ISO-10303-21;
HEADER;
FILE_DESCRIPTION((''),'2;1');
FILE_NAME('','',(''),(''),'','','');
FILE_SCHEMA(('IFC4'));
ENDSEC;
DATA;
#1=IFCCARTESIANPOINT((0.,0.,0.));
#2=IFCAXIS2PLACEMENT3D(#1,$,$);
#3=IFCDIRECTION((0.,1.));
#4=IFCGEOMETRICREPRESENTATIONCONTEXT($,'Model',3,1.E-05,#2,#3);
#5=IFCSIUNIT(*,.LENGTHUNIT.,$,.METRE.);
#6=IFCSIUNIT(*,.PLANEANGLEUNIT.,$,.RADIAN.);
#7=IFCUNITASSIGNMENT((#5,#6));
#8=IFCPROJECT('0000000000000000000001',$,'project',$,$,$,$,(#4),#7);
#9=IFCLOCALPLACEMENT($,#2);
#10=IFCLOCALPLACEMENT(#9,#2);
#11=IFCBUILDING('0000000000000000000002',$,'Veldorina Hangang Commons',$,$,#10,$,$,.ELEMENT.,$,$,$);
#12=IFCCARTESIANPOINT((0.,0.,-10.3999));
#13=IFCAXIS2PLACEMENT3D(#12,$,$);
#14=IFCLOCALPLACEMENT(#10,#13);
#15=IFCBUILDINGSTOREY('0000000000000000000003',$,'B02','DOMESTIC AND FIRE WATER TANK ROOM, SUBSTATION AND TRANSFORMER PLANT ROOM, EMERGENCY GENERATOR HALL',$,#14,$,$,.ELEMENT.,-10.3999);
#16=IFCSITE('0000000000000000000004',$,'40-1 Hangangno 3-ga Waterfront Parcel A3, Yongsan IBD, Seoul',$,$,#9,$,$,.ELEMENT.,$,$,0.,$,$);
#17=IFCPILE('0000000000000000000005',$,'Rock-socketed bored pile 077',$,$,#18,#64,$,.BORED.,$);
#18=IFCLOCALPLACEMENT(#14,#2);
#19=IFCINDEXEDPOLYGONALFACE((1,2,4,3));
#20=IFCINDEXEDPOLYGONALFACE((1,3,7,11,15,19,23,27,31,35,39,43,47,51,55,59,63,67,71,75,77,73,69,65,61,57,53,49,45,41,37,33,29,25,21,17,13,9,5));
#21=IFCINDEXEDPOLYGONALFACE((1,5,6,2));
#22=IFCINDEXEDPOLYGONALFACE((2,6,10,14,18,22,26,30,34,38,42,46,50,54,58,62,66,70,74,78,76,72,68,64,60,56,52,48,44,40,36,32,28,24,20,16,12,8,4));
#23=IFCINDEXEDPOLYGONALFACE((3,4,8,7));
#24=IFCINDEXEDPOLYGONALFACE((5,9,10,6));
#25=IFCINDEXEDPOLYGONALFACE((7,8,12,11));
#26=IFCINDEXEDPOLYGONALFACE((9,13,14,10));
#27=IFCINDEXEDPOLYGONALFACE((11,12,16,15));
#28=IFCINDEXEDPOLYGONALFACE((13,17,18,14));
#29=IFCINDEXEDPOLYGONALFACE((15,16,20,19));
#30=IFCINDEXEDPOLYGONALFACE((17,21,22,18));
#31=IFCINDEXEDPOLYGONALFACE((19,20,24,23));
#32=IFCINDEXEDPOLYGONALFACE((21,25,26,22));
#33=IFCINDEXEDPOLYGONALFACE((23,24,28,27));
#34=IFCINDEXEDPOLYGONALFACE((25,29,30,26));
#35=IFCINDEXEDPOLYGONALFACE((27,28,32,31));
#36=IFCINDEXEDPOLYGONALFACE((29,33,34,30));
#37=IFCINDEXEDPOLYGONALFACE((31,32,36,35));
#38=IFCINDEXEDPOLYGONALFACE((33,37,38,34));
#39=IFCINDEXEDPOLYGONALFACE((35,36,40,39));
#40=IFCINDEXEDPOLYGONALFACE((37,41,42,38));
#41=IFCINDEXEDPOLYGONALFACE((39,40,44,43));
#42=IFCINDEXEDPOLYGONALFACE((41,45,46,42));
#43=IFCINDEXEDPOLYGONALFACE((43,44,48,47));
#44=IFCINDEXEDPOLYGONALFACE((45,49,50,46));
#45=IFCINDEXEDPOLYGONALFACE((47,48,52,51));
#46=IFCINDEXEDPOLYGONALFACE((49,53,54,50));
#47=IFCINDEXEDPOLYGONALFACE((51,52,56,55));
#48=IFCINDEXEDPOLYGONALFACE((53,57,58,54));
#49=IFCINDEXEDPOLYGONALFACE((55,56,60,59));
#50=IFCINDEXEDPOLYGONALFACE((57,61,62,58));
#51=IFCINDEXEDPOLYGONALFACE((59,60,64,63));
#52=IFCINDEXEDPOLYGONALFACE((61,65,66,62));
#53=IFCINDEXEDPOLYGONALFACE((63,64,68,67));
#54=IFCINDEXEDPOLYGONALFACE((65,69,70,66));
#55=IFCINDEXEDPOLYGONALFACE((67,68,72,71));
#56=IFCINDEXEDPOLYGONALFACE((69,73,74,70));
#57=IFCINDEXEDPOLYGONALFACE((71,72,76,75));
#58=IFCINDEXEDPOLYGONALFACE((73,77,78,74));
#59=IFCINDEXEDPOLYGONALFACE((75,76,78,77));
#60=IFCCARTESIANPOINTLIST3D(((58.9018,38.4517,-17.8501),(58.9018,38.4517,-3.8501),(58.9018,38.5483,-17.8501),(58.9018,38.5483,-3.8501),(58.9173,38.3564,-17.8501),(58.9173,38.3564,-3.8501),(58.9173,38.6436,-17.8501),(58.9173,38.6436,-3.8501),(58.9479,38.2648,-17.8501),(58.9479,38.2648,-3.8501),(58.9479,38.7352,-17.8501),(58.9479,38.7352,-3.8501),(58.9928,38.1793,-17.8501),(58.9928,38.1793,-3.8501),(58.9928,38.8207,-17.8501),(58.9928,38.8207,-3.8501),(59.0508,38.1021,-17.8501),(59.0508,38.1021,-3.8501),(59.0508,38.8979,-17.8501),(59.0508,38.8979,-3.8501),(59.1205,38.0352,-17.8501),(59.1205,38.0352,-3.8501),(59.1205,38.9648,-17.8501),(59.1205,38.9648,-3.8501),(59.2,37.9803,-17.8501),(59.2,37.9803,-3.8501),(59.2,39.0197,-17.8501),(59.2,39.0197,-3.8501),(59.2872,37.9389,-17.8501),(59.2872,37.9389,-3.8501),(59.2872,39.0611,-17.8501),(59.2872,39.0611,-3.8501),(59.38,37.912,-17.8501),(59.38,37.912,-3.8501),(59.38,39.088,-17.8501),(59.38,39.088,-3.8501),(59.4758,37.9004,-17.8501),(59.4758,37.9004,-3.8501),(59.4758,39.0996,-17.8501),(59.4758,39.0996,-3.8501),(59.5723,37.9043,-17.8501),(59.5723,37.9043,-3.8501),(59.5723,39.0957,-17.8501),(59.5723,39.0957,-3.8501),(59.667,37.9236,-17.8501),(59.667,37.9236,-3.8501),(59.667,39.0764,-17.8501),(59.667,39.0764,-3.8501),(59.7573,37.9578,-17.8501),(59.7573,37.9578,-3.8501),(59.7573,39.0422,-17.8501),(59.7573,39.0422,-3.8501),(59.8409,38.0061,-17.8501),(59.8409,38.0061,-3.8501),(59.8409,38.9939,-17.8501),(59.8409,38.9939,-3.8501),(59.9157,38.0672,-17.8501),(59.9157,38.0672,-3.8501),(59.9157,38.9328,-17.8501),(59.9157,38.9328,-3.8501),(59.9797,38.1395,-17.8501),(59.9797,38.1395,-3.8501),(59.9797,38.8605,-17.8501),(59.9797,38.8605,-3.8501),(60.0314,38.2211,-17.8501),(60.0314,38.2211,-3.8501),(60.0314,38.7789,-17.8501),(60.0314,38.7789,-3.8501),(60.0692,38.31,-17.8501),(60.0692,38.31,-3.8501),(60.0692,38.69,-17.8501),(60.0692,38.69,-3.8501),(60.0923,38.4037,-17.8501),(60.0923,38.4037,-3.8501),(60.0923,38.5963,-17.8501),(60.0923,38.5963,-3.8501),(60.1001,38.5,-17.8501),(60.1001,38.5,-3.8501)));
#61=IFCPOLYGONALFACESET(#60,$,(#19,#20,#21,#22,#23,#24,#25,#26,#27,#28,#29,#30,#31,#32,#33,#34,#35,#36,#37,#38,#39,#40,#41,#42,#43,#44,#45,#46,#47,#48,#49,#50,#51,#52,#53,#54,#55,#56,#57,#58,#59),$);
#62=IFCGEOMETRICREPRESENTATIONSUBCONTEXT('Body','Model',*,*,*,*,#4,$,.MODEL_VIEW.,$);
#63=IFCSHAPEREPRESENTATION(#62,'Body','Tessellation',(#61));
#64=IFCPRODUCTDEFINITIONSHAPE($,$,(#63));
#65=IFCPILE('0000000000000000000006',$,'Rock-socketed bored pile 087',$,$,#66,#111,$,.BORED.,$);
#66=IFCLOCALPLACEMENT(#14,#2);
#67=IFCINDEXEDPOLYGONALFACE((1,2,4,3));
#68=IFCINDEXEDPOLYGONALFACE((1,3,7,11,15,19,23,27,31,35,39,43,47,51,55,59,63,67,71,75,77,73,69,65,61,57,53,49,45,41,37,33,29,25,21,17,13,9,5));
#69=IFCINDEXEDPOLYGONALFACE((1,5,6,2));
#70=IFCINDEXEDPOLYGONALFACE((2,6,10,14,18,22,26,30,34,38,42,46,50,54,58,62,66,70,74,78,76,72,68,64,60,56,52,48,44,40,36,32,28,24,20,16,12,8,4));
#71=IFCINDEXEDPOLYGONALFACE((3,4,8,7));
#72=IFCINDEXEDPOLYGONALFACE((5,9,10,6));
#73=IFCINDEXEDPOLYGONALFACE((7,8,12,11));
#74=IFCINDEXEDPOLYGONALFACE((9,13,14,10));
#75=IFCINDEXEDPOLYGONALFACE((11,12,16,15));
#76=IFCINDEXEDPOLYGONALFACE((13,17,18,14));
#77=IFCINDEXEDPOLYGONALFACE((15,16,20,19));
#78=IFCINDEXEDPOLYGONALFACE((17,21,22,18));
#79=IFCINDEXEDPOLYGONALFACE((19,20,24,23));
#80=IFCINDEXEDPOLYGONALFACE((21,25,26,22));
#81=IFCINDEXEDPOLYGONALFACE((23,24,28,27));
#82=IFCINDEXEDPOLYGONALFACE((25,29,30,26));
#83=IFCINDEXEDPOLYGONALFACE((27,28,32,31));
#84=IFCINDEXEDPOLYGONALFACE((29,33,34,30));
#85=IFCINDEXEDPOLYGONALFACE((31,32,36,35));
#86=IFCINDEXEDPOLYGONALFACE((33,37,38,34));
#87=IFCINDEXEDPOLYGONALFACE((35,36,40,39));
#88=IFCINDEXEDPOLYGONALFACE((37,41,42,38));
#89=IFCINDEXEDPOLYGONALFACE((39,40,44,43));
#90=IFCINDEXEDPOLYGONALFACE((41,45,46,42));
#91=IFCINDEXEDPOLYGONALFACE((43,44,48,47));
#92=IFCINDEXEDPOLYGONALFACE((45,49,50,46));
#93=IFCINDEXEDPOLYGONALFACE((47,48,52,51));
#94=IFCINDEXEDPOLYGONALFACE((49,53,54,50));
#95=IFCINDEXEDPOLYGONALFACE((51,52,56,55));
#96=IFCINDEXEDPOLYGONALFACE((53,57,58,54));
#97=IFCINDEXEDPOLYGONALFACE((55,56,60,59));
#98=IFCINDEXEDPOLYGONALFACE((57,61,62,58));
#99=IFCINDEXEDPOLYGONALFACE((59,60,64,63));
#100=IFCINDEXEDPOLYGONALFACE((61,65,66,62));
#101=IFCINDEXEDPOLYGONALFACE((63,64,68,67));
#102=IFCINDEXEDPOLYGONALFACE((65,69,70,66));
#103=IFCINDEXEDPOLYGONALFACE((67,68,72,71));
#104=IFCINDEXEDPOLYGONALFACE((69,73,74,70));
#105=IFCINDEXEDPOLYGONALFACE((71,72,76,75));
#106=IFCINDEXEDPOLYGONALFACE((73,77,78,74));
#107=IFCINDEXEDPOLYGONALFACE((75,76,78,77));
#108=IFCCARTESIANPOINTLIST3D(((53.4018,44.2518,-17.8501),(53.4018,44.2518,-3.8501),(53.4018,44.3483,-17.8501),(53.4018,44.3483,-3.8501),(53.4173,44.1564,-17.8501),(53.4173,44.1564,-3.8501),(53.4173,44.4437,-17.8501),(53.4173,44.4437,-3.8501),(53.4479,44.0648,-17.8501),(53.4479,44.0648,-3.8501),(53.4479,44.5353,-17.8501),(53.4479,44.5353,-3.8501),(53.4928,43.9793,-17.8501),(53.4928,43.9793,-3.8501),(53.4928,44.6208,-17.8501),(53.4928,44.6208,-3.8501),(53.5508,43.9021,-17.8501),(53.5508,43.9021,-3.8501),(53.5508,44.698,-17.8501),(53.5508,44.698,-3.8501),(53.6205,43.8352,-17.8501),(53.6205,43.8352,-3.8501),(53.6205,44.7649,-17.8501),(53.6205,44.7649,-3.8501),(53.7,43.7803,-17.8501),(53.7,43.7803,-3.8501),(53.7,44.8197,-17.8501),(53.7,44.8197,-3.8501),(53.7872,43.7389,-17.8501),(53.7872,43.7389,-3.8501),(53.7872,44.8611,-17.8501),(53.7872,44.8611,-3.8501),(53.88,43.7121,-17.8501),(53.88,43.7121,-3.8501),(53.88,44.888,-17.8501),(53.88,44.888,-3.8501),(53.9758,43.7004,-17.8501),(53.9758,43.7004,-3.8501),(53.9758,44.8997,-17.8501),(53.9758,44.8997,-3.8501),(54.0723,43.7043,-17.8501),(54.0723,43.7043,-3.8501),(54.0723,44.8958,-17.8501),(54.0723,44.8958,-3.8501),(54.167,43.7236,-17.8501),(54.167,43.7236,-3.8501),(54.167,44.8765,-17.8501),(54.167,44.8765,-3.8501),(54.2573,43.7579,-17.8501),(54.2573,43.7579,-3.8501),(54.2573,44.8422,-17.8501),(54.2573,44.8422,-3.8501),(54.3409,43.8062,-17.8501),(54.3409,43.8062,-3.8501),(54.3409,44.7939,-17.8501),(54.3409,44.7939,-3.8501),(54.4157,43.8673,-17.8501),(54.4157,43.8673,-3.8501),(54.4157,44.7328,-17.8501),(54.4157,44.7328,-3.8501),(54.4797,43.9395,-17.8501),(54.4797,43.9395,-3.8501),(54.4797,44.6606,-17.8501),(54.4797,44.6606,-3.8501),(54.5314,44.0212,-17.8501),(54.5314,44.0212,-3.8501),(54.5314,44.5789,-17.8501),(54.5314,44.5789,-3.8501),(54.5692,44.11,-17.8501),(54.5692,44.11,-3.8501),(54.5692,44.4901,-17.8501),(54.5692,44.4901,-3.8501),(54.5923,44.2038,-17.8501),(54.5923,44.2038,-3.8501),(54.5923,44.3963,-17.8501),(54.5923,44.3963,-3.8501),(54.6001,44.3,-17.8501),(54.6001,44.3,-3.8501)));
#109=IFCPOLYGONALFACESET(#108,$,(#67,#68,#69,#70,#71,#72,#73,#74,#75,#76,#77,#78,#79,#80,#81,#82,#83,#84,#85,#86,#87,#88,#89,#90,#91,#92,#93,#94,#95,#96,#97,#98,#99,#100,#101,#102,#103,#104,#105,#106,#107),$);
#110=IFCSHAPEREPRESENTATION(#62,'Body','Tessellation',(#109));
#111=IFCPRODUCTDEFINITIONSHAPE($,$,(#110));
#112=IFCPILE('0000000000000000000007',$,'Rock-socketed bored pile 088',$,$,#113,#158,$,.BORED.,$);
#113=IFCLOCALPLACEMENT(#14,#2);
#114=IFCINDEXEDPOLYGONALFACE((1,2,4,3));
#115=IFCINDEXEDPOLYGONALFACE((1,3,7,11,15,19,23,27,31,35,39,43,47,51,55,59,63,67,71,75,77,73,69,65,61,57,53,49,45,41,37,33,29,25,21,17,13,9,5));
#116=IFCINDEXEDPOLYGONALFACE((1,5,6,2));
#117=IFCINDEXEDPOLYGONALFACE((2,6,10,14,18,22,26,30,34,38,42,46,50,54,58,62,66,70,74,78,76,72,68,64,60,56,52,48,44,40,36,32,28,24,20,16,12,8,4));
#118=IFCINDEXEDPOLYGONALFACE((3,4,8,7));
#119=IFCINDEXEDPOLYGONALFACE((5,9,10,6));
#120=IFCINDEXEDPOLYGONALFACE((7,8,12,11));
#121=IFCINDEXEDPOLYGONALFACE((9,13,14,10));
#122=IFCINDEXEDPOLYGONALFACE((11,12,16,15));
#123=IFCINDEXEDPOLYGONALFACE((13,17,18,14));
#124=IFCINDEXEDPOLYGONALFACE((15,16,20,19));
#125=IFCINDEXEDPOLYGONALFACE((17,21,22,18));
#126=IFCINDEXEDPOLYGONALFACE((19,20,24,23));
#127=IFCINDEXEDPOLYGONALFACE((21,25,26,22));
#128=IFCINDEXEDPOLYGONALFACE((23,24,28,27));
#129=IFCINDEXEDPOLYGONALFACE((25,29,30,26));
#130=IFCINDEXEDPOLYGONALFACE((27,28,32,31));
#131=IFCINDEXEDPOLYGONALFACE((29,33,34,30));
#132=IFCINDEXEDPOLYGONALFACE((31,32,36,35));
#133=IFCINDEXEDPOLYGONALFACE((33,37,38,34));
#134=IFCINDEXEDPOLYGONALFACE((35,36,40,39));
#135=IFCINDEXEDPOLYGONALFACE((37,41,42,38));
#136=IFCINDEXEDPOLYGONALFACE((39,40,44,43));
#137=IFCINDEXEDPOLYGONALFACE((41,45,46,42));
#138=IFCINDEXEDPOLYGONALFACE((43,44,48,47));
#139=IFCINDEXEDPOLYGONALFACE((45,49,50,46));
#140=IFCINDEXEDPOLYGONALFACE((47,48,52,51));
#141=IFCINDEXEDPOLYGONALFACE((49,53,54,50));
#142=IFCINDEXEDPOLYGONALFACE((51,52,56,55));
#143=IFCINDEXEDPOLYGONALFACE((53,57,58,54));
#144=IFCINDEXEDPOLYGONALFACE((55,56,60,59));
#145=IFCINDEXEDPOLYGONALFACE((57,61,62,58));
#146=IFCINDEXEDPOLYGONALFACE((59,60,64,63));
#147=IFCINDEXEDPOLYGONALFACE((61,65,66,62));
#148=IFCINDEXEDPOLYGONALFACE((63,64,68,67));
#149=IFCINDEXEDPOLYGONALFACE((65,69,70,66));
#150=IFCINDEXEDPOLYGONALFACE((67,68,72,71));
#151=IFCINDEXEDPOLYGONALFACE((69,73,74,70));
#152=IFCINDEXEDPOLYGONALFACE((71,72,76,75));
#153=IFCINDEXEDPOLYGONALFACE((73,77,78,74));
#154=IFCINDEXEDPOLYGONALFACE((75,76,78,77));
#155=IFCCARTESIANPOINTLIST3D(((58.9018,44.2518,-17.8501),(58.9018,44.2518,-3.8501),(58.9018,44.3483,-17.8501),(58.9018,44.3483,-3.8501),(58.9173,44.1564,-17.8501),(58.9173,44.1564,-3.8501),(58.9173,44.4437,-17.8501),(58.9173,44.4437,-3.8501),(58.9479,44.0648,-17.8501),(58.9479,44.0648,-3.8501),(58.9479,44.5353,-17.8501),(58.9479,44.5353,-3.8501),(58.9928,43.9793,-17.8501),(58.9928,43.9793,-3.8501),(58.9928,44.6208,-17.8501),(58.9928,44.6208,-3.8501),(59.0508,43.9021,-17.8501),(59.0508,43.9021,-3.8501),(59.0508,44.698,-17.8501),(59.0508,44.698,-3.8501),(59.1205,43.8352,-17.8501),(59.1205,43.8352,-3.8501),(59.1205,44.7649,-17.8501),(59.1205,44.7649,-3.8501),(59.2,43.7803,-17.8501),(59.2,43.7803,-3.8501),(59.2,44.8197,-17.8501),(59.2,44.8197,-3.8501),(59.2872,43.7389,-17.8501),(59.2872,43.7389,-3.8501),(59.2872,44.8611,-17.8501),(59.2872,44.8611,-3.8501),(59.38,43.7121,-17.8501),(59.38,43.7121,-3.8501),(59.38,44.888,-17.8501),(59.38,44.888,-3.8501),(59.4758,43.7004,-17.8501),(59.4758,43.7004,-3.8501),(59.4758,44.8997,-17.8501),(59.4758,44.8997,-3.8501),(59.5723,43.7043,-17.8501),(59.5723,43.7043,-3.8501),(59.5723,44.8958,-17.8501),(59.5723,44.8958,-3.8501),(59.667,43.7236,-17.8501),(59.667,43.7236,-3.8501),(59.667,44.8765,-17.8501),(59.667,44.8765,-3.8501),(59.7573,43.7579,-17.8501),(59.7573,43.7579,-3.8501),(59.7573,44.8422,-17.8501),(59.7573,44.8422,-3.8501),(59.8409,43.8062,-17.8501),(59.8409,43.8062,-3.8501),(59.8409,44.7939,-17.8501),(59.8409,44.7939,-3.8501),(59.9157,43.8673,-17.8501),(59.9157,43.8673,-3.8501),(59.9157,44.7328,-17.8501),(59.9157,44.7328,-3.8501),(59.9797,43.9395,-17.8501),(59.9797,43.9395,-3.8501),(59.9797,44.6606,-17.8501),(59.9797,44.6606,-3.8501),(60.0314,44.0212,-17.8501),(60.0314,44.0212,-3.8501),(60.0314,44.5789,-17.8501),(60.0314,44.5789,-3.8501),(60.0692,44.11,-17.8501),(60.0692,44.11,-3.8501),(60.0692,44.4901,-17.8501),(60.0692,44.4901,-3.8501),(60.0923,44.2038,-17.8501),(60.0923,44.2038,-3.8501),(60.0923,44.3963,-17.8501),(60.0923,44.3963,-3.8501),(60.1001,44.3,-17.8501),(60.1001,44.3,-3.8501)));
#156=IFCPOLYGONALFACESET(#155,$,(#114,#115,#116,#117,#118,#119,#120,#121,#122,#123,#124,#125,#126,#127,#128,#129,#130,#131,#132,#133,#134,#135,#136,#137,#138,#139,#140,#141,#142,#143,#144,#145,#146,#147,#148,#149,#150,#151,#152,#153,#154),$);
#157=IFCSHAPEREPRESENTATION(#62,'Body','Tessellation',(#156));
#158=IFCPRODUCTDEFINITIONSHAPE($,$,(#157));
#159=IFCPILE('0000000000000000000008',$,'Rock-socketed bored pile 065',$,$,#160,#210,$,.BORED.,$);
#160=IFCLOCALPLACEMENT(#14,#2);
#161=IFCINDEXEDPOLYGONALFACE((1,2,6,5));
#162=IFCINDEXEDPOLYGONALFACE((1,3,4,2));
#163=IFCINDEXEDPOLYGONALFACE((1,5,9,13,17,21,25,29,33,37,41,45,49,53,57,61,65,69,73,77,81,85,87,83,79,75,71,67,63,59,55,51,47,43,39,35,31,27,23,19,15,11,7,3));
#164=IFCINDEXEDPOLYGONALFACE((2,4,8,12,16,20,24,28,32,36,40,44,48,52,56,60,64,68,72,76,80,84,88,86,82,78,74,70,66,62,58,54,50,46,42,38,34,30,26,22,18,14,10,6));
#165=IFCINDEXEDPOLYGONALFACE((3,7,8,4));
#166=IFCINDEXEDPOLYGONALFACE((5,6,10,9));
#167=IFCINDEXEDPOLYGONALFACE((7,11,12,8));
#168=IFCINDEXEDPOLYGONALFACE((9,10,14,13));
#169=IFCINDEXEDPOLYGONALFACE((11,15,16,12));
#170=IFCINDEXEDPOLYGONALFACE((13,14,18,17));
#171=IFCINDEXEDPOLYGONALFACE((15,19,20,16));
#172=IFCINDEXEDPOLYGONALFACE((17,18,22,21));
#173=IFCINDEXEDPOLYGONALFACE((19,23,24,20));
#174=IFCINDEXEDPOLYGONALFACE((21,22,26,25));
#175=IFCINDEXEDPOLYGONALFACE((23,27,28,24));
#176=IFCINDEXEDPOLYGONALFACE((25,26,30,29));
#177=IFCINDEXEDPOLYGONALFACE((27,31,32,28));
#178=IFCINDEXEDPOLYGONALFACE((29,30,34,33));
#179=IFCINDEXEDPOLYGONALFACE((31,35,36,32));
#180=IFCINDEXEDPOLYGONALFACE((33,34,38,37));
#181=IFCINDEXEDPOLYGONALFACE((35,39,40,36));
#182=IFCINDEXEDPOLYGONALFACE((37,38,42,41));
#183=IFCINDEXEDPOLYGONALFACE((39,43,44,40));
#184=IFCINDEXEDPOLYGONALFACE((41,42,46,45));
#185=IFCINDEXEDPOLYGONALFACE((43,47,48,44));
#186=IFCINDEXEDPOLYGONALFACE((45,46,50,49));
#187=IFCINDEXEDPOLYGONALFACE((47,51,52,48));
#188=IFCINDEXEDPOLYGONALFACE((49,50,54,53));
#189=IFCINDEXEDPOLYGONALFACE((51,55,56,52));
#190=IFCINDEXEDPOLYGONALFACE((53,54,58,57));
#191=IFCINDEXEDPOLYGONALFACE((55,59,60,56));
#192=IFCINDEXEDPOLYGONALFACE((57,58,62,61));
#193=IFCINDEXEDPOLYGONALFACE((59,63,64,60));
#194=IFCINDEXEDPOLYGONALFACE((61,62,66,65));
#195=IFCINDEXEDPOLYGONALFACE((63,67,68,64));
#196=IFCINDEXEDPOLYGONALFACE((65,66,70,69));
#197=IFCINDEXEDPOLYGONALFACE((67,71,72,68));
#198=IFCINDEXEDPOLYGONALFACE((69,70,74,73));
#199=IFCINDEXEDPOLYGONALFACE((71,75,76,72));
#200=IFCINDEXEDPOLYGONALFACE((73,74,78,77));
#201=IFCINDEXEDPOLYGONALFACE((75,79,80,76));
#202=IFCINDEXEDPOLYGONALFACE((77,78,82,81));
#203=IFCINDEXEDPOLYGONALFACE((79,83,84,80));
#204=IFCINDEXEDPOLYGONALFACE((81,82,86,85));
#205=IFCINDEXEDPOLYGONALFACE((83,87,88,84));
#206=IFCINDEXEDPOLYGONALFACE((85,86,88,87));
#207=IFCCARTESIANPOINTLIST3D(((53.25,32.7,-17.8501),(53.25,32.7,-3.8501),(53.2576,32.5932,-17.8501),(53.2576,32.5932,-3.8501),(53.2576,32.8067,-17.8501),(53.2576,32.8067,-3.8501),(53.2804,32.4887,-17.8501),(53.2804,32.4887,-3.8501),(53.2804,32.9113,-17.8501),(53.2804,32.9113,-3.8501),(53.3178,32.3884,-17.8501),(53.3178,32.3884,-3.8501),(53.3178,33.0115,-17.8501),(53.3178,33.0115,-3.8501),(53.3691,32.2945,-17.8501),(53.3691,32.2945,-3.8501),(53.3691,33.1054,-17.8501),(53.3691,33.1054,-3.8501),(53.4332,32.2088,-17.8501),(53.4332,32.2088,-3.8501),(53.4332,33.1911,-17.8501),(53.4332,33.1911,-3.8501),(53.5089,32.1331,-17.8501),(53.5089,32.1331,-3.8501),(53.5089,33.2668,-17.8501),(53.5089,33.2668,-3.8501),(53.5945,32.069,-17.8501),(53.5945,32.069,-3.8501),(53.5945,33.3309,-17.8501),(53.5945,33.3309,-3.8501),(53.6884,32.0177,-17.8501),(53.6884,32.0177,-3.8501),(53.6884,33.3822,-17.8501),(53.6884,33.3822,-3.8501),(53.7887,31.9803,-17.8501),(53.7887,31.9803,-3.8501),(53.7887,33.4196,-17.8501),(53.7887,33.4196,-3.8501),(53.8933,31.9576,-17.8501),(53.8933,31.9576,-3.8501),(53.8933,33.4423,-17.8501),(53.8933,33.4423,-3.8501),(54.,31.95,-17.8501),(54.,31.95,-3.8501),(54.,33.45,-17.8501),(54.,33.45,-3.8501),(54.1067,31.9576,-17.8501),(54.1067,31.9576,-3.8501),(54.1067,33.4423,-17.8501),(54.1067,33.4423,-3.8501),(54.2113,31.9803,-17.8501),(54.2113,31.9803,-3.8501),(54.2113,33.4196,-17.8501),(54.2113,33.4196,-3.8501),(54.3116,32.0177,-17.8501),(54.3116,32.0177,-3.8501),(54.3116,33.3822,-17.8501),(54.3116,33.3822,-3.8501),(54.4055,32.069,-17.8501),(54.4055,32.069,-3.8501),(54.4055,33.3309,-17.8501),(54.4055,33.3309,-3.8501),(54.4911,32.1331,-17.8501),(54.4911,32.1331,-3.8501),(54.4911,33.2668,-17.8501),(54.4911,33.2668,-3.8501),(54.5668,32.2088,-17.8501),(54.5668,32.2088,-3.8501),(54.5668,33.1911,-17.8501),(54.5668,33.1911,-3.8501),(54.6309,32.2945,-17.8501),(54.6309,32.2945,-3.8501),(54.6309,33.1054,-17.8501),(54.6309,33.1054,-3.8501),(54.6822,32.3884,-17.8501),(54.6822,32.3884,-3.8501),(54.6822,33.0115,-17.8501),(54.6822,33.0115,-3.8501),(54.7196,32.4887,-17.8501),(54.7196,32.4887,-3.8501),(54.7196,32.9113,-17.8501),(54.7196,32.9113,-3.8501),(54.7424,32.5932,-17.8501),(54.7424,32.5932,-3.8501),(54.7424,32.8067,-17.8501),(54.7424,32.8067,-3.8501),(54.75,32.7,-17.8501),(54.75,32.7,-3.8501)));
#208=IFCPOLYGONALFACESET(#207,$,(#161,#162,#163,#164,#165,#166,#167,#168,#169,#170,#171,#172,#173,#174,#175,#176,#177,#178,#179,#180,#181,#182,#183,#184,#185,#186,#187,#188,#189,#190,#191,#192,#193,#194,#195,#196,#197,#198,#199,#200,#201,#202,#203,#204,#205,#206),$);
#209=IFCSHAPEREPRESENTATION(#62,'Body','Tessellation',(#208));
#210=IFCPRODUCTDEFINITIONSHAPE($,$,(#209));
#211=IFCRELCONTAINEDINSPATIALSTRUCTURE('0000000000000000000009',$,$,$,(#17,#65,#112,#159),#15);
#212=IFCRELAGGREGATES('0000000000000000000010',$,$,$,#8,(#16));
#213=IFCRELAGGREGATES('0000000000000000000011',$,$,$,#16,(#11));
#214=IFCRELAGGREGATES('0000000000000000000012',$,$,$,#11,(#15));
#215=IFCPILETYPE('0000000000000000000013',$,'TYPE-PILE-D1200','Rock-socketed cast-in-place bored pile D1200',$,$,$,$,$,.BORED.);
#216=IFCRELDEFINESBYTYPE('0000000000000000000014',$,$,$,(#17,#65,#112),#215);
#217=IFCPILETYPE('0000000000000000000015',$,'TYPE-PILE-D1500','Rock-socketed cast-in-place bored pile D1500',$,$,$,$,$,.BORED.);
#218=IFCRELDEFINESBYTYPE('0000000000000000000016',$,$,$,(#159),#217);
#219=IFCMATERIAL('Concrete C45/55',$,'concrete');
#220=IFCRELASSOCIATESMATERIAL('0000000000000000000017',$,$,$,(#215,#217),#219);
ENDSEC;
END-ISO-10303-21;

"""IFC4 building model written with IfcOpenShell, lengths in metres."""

from ifc_helpers import new_model, si_unit, direction, frame, origin, origin_2d, place, context, subcontext, project, spatial, circle, extrude, material, material_profile, profile_set, type_object, element, save


model = new_model("IFC4")

# Units and contexts
model_context = context("Model", 3, precision=1e-05, world=origin(), true_north=direction((0.0, 1.0)))
body_context = subcontext(model_context, "Body", "Model", "MODEL_VIEW")
ifc_project = project(units=[si_unit("LENGTHUNIT", "METRE"), si_unit("PLANEANGLEUNIT", "RADIAN")], contexts=[model_context])

# Site, building, storey
site_placement = place(None, origin())
site = spatial("IfcSite", under=ifc_project, at=site_placement, Name="40-1 Hangangno 3-ga Waterfront Parcel A3, Yongsan IBD, Seoul", CompositionType="ELEMENT", RefElevation=0.0)
building_placement = place(site_placement, origin())
building = spatial("IfcBuilding", under=site, at=building_placement, Name="Veldorina Hangang Commons", CompositionType="ELEMENT")
storey_placement = place(building_placement, frame((0.0, 0.0, -10.3999)))
storey = spatial("IfcBuildingStorey", under=building, at=storey_placement, Name="B02", Description="DOMESTIC AND FIRE WATER TANK ROOM, SUBSTATION AND TRANSFORMER PLANT ROOM, EMERGENCY GENERATOR HALL", CompositionType="ELEMENT", Elevation=-10.3999)

# Piles
ifc_material_1 = material(Name="Concrete C45/55", Category="concrete")
ifc_material_profile_1 = material_profile(ifc_material_1, circle(Radius=0.6001, at=origin_2d()), Name="PILE-D1200")
ifc_profile_set_1 = profile_set([ifc_material_profile_1], Name="Concrete C45/55")
pile_type_1 = type_object("IfcPileType", Name="TYPE-PILE-D1200", Description="Rock-socketed cast-in-place bored pile D1200", PredefinedType="BORED", material=ifc_profile_set_1)
for number, where, z_axis, x_axis, name in (
    (1, (59.5, 38.5, -3.8501), (0.0, 0.0, -1.0), (1.0, 0.0, 0.0), "Rock-socketed bored pile 077"),
    (2, (54.0, 44.3, -3.8501), (0.0, 0.0, -1.0), (1.0, 0.0, 0.0), "Rock-socketed bored pile 087"),
    (3, (59.5, 44.3, -3.8501), (0.0, 0.0, -1.0), (1.0, 0.0, 0.0), "Rock-socketed bored pile 088"),
):
    element("IfcPile", number, at=place(storey_placement, frame(where, z_axis=z_axis, x_axis=x_axis)), inside=storey, type_object=pile_type_1, Name=name, PredefinedType="BORED", context=body_context, shape_type="SweptSolid", body=[
        extrude(circle(Radius=0.6001, at=origin_2d()), origin(), (0.0, 0.0, 1.0), 14.0),
    ])
ifc_material_profile_2 = material_profile(ifc_material_1, circle(Radius=0.75, at=origin_2d()), Name="PILE-D1500")
ifc_profile_set_2 = profile_set([ifc_material_profile_2], Name="Concrete C45/55")
pile_type_2 = type_object("IfcPileType", Name="TYPE-PILE-D1500", Description="Rock-socketed cast-in-place bored pile D1500", PredefinedType="BORED", material=ifc_profile_set_2)
for number, where, z_axis, x_axis, name in (
    (4, (54.0, 32.7, -3.8501), (0.0, 0.0, -1.0), (1.0, 0.0, 0.0), "Rock-socketed bored pile 065"),
):
    element("IfcPile", number, at=place(storey_placement, frame(where, z_axis=z_axis, x_axis=x_axis)), inside=storey, type_object=pile_type_2, Name=name, PredefinedType="BORED", context=body_context, shape_type="SweptSolid", body=[
        extrude(circle(Radius=0.75, at=origin_2d()), origin(), (0.0, 0.0, 1.0), 14.0),
    ])

save(model, "model.ifc")
